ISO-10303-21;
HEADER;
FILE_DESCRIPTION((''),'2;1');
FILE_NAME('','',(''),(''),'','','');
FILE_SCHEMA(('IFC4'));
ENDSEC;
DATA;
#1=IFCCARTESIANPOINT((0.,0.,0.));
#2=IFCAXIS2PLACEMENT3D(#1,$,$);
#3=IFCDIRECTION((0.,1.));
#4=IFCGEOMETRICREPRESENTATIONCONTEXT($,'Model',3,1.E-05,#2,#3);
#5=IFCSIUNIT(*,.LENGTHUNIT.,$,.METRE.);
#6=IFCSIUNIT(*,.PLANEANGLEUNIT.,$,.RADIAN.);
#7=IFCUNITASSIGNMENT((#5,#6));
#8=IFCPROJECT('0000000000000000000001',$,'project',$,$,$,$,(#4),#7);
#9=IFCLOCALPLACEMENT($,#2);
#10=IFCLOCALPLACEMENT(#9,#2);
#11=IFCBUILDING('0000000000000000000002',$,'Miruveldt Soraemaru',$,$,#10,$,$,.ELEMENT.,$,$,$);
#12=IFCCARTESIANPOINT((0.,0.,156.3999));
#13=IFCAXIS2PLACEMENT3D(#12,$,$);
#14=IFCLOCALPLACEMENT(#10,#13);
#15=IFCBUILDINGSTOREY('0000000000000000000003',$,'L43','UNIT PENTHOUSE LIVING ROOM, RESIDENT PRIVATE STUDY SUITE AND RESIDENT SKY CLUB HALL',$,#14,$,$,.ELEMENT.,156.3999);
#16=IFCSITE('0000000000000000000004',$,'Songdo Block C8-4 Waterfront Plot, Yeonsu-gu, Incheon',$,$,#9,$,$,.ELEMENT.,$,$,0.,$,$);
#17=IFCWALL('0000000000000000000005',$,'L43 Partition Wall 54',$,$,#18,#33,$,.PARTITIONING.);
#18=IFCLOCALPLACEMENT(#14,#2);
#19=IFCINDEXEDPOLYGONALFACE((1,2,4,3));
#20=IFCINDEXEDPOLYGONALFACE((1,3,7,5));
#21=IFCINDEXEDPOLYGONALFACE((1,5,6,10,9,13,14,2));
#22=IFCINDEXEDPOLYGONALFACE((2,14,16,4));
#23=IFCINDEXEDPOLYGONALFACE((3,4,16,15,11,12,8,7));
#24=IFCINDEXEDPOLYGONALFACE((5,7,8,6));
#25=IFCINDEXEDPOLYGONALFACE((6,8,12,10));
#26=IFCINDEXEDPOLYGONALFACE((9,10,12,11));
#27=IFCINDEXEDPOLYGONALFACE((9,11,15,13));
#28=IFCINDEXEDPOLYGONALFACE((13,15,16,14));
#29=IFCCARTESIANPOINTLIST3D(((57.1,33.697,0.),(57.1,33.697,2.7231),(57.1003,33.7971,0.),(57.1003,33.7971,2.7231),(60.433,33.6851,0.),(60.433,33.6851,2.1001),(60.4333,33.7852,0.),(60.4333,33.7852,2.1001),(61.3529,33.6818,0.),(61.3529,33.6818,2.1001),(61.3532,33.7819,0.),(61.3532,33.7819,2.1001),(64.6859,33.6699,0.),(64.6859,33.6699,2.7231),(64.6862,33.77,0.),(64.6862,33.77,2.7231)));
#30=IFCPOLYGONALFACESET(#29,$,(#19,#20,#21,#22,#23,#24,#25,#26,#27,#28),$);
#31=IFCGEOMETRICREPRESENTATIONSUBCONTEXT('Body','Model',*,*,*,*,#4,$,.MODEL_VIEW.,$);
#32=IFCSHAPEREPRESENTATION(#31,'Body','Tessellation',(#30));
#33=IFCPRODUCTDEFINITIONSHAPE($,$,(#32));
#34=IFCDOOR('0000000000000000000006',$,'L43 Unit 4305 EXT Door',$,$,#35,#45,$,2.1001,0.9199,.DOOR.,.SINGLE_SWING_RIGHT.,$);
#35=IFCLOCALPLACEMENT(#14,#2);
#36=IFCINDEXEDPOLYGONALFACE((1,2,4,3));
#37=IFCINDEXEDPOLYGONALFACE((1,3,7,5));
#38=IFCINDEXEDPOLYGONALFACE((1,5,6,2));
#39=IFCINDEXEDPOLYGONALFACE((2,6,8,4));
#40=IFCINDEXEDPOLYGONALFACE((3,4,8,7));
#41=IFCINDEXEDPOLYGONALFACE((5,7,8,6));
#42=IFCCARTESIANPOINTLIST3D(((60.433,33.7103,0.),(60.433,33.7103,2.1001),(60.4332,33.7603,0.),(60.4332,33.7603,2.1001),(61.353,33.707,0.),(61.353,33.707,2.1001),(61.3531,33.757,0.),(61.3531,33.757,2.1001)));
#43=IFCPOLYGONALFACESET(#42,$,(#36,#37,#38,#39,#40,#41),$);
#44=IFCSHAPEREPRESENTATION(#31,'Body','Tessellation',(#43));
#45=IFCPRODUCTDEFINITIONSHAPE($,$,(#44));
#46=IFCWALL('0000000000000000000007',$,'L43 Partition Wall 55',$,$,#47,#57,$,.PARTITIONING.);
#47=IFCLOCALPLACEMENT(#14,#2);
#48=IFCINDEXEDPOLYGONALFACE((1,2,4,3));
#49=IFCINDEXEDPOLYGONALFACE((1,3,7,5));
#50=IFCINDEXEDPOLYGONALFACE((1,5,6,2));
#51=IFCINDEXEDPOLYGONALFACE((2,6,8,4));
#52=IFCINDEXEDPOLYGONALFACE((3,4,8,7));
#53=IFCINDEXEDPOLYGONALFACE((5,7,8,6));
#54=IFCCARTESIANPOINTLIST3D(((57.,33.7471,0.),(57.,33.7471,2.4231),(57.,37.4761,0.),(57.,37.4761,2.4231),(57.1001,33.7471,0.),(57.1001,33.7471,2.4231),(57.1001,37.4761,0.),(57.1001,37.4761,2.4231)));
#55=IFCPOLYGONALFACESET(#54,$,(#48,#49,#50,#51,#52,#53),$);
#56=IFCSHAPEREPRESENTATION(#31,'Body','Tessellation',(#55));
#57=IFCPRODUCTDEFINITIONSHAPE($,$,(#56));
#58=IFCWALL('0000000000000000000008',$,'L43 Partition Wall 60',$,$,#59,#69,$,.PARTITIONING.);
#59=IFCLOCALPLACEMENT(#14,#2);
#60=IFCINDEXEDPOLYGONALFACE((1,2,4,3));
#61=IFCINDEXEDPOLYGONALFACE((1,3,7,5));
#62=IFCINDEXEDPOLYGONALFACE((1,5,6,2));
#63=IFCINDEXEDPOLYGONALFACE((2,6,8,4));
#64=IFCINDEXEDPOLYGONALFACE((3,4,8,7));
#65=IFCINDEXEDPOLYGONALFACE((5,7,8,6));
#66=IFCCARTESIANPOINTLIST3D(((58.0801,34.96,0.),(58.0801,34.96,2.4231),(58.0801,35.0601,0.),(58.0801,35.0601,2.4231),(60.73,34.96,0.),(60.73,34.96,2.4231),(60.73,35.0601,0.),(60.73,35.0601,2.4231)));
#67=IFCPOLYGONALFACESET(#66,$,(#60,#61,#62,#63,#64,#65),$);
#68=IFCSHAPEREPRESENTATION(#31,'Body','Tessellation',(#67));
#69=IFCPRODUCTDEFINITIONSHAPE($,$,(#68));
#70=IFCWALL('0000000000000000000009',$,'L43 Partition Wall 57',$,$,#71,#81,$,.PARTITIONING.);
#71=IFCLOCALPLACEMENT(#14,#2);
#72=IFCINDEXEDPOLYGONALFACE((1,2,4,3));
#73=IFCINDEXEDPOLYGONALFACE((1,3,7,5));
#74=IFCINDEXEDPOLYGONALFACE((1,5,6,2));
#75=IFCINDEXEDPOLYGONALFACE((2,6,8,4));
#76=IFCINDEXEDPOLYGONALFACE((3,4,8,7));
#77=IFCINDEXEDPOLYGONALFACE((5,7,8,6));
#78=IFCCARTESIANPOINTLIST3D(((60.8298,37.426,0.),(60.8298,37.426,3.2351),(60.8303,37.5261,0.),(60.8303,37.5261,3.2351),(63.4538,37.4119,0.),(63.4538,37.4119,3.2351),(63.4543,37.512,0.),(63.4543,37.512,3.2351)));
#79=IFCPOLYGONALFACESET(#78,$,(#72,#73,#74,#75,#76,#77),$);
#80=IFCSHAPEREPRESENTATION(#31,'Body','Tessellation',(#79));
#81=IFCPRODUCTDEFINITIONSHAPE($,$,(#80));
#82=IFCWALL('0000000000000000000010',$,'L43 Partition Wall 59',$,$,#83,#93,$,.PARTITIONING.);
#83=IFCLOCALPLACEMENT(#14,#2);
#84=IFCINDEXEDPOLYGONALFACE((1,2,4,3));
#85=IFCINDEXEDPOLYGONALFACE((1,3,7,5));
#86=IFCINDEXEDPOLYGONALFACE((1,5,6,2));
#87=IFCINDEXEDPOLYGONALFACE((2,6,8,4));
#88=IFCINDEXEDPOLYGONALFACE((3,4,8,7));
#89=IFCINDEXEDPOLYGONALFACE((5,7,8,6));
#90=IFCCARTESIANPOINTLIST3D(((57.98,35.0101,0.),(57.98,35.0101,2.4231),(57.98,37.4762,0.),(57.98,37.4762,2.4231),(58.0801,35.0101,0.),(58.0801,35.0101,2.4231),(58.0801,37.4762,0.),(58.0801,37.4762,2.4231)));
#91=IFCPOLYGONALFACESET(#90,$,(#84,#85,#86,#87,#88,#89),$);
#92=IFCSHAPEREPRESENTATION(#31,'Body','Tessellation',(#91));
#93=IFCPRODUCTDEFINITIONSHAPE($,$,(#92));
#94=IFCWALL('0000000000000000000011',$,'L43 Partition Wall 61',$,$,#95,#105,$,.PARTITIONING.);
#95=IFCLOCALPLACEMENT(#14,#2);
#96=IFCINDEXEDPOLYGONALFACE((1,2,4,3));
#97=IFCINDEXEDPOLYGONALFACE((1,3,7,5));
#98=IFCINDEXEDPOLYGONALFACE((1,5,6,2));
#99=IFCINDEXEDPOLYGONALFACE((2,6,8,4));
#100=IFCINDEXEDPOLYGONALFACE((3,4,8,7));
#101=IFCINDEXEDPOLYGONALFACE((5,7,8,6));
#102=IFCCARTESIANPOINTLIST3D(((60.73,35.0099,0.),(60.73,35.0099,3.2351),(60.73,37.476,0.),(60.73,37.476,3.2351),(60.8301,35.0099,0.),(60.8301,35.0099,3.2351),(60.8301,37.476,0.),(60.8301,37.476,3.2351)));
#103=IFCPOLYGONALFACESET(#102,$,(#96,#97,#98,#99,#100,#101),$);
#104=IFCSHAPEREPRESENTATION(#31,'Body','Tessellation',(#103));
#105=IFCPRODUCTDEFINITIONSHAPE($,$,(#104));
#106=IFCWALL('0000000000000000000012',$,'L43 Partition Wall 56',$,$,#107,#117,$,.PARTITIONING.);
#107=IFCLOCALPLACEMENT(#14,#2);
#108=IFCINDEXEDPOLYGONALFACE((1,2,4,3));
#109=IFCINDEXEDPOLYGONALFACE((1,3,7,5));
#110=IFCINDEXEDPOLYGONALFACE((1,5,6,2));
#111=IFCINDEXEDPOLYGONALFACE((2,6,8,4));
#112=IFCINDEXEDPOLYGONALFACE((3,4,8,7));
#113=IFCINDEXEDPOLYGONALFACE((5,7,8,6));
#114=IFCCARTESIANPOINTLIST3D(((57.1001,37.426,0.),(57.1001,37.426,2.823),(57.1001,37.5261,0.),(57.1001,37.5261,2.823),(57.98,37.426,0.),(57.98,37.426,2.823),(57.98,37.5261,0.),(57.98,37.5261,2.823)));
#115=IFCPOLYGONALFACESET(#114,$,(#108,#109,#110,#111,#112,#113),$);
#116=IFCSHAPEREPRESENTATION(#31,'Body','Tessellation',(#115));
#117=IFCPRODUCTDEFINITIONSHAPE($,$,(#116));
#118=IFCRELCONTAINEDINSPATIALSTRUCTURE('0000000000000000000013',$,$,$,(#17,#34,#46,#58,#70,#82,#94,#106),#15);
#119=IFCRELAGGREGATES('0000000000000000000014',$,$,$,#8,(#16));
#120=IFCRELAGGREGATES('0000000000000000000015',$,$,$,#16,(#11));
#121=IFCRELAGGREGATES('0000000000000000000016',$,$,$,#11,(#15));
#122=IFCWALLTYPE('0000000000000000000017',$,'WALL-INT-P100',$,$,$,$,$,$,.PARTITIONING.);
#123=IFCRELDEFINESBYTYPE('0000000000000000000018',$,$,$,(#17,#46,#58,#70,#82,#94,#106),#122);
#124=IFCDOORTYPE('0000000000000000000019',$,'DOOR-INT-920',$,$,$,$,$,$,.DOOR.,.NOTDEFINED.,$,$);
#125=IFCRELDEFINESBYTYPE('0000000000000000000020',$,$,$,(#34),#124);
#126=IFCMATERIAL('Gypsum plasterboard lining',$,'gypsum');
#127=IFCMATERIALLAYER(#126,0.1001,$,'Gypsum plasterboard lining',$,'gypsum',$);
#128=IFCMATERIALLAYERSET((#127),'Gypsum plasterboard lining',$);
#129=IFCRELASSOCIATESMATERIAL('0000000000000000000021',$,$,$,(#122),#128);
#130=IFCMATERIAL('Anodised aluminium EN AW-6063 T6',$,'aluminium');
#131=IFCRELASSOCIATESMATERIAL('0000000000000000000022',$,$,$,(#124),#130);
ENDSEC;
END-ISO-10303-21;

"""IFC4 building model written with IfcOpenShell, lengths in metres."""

from ifc_helpers import new_model, si_unit, direction, frame, frame_2d, origin, place, context, subcontext, project, spatial, rectangle, extrude, material, layer, layer_set, type_object, element, fill, save


model = new_model("IFC4")

# Units and contexts
model_context = context("Model", 3, precision=1e-05, world=origin(), true_north=direction((0.0, 1.0)))
body_context = subcontext(model_context, "Body", "Model", "MODEL_VIEW")
ifc_project = project(units=[si_unit("LENGTHUNIT", "METRE"), si_unit("PLANEANGLEUNIT", "RADIAN")], contexts=[model_context])

# Site, building, storey
site_placement = place(None, origin())
site = spatial("IfcSite", under=ifc_project, at=site_placement, Name="Songdo Block C8-4 Waterfront Plot, Yeonsu-gu, Incheon", CompositionType="ELEMENT", RefElevation=0.0)
building_placement = place(site_placement, origin())
building = spatial("IfcBuilding", under=site, at=building_placement, Name="Miruveldt Soraemaru", CompositionType="ELEMENT")
storey_placement = place(building_placement, frame((0.0, 0.0, 156.3999)))
storey = spatial("IfcBuildingStorey", under=building, at=storey_placement, Name="L43", Description="UNIT PENTHOUSE LIVING ROOM, RESIDENT PRIVATE STUDY SUITE AND RESIDENT SKY CLUB HALL", CompositionType="ELEMENT", Elevation=156.3999)

# Shared definitions
ifc_material_1 = material(Name="Anodised aluminium EN AW-6063 T6", Category="aluminium")

# Wall, opening, door
ifc_material_2 = material(Name="Gypsum plasterboard lining", Category="gypsum")
ifc_layer_1 = layer(ifc_material_2, 0.1001, Name="Gypsum plasterboard lining", Category="gypsum")
ifc_layer_set_1 = layer_set([ifc_layer_1], Name="Gypsum plasterboard lining")
wall_type_1 = type_object("IfcWallType", Name="WALL-INT-P100", PredefinedType="PARTITIONING", material=ifc_layer_set_1)
door_type = type_object("IfcDoorType", Name="DOOR-INT-920", OperationType="NOTDEFINED", PredefinedType="DOOR", material=ifc_material_1)
wall_1_placement = place(storey_placement, frame((64.686, 33.72, 0.0), z_axis=(0.0, 0.0, 1.0), x_axis=(-0.999994, 0.003572, 0.0)))
wall_1 = element("IfcWall", 1, at=wall_1_placement, inside=storey, type_object=wall_type_1, Name="L43 Partition Wall 54", PredefinedType="PARTITIONING", context=body_context, shape_type="SweptSolid", body=[
    extrude(rectangle(XDim=7.5859, YDim=0.1001, at=frame_2d((3.793, 0.0))), origin(), (0.0, 0.0, 1.0), 2.7231),
])
opening_1_placement = place(wall_1_placement, frame((3.333, 0.0, 0.0)))
opening_1 = element("IfcOpeningElement", 2, at=opening_1_placement, cuts=wall_1, PredefinedType="OPENING", context=body_context, shape_type="SweptSolid", body=[
    extrude(rectangle(XDim=0.9199, YDim=2.1001, at=frame_2d((0.46, 1.05))), frame((0.0, 0.0601, 0.0), z_axis=(0.0, -1.0, 0.0), x_axis=(1.0, 0.0, 0.0)), (0.0, 0.0, 1.0), 0.1201),
])
door_1_placement = place(opening_1_placement, origin())
door_1 = element("IfcDoor", 3, at=door_1_placement, inside=storey, type_object=door_type, Name="L43 Unit 4305 EXT Door", OperationType="SINGLE_SWING_RIGHT", OverallHeight=2.1001, OverallWidth=0.9199, PredefinedType="DOOR", context=body_context, shape_type="SweptSolid", body=[
    extrude(rectangle(XDim=0.9199, YDim=2.1001, at=frame_2d((0.46, 1.05))), frame((0.0, 0.0249, 0.0), z_axis=(0.0, -1.0, 0.0), x_axis=(1.0, 0.0, 0.0)), (0.0, 0.0, 1.0), 0.05),
])
fill(opening_1, door_1)

# Walls
wall_2_placement = place(storey_placement, frame((57.05, 33.7471, 0.0), z_axis=(0.0, 0.0, 1.0), x_axis=(0.0, 1.0, 0.0)))
element("IfcWall", 4, at=wall_2_placement, inside=storey, type_object=wall_type_1, Name="L43 Partition Wall 55", PredefinedType="PARTITIONING", context=body_context, shape_type="SweptSolid", body=[
    extrude(rectangle(XDim=3.729, YDim=0.1001, at=frame_2d((1.8645, 0.0))), origin(), (0.0, 0.0, 1.0), 2.4231),
])
wall_3_placement = place(storey_placement, frame((58.0801, 35.01, 0.0), z_axis=(0.0, 0.0, 1.0), x_axis=(1.0, 0.0, 0.0)))
element("IfcWall", 5, at=wall_3_placement, inside=storey, type_object=wall_type_1, Name="L43 Partition Wall 60", PredefinedType="PARTITIONING", context=body_context, shape_type="SweptSolid", body=[
    extrude(rectangle(XDim=2.6499, YDim=0.1001, at=frame_2d((1.325, 0.0))), origin(), (0.0, 0.0, 1.0), 2.4231),
])
wall_4_placement = place(storey_placement, frame((60.8301, 37.4761, 0.0), z_axis=(0.0, 0.0, 1.0), x_axis=(0.999985, -0.005396, 0.0)))
element("IfcWall", 6, at=wall_4_placement, inside=storey, type_object=wall_type_1, Name="L43 Partition Wall 57", PredefinedType="PARTITIONING", context=body_context, shape_type="SweptSolid", body=[
    extrude(rectangle(XDim=2.624, YDim=0.1001, at=frame_2d((1.312, 0.0))), origin(), (0.0, 0.0, 1.0), 3.2351),
])
wall_5_placement = place(storey_placement, frame((58.03, 37.4761, 0.0), z_axis=(0.0, 0.0, 1.0), x_axis=(0.0, -1.0, 0.0)))
element("IfcWall", 7, at=wall_5_placement, inside=storey, type_object=wall_type_1, Name="L43 Partition Wall 59", PredefinedType="PARTITIONING", context=body_context, shape_type="SweptSolid", body=[
    extrude(rectangle(XDim=2.4661, YDim=0.1001, at=frame_2d((1.2329, 0.0))), origin(), (0.0, 0.0, 1.0), 2.4231),
])
wall_6_placement = place(storey_placement, frame((60.78, 35.01, 0.0), z_axis=(0.0, 0.0, 1.0), x_axis=(0.0, 1.0, 0.0)))
element("IfcWall", 8, at=wall_6_placement, inside=storey, type_object=wall_type_1, Name="L43 Partition Wall 61", PredefinedType="PARTITIONING", context=body_context, shape_type="SweptSolid", body=[
    extrude(rectangle(XDim=2.4661, YDim=0.1001, at=frame_2d((1.2329, 0.0))), origin(), (0.0, 0.0, 1.0), 3.2351),
])
wall_7_placement = place(storey_placement, frame((57.1001, 37.4761, 0.0), z_axis=(0.0, 0.0, 1.0), x_axis=(1.0, 0.0, 0.0)))
element("IfcWall", 9, at=wall_7_placement, inside=storey, type_object=wall_type_1, Name="L43 Partition Wall 56", PredefinedType="PARTITIONING", context=body_context, shape_type="SweptSolid", body=[
    extrude(rectangle(XDim=0.8799, YDim=0.1001, at=frame_2d((0.4399, 0.0))), origin(), (0.0, 0.0, 1.0), 2.823),
])

save(model, "model.ifc")
